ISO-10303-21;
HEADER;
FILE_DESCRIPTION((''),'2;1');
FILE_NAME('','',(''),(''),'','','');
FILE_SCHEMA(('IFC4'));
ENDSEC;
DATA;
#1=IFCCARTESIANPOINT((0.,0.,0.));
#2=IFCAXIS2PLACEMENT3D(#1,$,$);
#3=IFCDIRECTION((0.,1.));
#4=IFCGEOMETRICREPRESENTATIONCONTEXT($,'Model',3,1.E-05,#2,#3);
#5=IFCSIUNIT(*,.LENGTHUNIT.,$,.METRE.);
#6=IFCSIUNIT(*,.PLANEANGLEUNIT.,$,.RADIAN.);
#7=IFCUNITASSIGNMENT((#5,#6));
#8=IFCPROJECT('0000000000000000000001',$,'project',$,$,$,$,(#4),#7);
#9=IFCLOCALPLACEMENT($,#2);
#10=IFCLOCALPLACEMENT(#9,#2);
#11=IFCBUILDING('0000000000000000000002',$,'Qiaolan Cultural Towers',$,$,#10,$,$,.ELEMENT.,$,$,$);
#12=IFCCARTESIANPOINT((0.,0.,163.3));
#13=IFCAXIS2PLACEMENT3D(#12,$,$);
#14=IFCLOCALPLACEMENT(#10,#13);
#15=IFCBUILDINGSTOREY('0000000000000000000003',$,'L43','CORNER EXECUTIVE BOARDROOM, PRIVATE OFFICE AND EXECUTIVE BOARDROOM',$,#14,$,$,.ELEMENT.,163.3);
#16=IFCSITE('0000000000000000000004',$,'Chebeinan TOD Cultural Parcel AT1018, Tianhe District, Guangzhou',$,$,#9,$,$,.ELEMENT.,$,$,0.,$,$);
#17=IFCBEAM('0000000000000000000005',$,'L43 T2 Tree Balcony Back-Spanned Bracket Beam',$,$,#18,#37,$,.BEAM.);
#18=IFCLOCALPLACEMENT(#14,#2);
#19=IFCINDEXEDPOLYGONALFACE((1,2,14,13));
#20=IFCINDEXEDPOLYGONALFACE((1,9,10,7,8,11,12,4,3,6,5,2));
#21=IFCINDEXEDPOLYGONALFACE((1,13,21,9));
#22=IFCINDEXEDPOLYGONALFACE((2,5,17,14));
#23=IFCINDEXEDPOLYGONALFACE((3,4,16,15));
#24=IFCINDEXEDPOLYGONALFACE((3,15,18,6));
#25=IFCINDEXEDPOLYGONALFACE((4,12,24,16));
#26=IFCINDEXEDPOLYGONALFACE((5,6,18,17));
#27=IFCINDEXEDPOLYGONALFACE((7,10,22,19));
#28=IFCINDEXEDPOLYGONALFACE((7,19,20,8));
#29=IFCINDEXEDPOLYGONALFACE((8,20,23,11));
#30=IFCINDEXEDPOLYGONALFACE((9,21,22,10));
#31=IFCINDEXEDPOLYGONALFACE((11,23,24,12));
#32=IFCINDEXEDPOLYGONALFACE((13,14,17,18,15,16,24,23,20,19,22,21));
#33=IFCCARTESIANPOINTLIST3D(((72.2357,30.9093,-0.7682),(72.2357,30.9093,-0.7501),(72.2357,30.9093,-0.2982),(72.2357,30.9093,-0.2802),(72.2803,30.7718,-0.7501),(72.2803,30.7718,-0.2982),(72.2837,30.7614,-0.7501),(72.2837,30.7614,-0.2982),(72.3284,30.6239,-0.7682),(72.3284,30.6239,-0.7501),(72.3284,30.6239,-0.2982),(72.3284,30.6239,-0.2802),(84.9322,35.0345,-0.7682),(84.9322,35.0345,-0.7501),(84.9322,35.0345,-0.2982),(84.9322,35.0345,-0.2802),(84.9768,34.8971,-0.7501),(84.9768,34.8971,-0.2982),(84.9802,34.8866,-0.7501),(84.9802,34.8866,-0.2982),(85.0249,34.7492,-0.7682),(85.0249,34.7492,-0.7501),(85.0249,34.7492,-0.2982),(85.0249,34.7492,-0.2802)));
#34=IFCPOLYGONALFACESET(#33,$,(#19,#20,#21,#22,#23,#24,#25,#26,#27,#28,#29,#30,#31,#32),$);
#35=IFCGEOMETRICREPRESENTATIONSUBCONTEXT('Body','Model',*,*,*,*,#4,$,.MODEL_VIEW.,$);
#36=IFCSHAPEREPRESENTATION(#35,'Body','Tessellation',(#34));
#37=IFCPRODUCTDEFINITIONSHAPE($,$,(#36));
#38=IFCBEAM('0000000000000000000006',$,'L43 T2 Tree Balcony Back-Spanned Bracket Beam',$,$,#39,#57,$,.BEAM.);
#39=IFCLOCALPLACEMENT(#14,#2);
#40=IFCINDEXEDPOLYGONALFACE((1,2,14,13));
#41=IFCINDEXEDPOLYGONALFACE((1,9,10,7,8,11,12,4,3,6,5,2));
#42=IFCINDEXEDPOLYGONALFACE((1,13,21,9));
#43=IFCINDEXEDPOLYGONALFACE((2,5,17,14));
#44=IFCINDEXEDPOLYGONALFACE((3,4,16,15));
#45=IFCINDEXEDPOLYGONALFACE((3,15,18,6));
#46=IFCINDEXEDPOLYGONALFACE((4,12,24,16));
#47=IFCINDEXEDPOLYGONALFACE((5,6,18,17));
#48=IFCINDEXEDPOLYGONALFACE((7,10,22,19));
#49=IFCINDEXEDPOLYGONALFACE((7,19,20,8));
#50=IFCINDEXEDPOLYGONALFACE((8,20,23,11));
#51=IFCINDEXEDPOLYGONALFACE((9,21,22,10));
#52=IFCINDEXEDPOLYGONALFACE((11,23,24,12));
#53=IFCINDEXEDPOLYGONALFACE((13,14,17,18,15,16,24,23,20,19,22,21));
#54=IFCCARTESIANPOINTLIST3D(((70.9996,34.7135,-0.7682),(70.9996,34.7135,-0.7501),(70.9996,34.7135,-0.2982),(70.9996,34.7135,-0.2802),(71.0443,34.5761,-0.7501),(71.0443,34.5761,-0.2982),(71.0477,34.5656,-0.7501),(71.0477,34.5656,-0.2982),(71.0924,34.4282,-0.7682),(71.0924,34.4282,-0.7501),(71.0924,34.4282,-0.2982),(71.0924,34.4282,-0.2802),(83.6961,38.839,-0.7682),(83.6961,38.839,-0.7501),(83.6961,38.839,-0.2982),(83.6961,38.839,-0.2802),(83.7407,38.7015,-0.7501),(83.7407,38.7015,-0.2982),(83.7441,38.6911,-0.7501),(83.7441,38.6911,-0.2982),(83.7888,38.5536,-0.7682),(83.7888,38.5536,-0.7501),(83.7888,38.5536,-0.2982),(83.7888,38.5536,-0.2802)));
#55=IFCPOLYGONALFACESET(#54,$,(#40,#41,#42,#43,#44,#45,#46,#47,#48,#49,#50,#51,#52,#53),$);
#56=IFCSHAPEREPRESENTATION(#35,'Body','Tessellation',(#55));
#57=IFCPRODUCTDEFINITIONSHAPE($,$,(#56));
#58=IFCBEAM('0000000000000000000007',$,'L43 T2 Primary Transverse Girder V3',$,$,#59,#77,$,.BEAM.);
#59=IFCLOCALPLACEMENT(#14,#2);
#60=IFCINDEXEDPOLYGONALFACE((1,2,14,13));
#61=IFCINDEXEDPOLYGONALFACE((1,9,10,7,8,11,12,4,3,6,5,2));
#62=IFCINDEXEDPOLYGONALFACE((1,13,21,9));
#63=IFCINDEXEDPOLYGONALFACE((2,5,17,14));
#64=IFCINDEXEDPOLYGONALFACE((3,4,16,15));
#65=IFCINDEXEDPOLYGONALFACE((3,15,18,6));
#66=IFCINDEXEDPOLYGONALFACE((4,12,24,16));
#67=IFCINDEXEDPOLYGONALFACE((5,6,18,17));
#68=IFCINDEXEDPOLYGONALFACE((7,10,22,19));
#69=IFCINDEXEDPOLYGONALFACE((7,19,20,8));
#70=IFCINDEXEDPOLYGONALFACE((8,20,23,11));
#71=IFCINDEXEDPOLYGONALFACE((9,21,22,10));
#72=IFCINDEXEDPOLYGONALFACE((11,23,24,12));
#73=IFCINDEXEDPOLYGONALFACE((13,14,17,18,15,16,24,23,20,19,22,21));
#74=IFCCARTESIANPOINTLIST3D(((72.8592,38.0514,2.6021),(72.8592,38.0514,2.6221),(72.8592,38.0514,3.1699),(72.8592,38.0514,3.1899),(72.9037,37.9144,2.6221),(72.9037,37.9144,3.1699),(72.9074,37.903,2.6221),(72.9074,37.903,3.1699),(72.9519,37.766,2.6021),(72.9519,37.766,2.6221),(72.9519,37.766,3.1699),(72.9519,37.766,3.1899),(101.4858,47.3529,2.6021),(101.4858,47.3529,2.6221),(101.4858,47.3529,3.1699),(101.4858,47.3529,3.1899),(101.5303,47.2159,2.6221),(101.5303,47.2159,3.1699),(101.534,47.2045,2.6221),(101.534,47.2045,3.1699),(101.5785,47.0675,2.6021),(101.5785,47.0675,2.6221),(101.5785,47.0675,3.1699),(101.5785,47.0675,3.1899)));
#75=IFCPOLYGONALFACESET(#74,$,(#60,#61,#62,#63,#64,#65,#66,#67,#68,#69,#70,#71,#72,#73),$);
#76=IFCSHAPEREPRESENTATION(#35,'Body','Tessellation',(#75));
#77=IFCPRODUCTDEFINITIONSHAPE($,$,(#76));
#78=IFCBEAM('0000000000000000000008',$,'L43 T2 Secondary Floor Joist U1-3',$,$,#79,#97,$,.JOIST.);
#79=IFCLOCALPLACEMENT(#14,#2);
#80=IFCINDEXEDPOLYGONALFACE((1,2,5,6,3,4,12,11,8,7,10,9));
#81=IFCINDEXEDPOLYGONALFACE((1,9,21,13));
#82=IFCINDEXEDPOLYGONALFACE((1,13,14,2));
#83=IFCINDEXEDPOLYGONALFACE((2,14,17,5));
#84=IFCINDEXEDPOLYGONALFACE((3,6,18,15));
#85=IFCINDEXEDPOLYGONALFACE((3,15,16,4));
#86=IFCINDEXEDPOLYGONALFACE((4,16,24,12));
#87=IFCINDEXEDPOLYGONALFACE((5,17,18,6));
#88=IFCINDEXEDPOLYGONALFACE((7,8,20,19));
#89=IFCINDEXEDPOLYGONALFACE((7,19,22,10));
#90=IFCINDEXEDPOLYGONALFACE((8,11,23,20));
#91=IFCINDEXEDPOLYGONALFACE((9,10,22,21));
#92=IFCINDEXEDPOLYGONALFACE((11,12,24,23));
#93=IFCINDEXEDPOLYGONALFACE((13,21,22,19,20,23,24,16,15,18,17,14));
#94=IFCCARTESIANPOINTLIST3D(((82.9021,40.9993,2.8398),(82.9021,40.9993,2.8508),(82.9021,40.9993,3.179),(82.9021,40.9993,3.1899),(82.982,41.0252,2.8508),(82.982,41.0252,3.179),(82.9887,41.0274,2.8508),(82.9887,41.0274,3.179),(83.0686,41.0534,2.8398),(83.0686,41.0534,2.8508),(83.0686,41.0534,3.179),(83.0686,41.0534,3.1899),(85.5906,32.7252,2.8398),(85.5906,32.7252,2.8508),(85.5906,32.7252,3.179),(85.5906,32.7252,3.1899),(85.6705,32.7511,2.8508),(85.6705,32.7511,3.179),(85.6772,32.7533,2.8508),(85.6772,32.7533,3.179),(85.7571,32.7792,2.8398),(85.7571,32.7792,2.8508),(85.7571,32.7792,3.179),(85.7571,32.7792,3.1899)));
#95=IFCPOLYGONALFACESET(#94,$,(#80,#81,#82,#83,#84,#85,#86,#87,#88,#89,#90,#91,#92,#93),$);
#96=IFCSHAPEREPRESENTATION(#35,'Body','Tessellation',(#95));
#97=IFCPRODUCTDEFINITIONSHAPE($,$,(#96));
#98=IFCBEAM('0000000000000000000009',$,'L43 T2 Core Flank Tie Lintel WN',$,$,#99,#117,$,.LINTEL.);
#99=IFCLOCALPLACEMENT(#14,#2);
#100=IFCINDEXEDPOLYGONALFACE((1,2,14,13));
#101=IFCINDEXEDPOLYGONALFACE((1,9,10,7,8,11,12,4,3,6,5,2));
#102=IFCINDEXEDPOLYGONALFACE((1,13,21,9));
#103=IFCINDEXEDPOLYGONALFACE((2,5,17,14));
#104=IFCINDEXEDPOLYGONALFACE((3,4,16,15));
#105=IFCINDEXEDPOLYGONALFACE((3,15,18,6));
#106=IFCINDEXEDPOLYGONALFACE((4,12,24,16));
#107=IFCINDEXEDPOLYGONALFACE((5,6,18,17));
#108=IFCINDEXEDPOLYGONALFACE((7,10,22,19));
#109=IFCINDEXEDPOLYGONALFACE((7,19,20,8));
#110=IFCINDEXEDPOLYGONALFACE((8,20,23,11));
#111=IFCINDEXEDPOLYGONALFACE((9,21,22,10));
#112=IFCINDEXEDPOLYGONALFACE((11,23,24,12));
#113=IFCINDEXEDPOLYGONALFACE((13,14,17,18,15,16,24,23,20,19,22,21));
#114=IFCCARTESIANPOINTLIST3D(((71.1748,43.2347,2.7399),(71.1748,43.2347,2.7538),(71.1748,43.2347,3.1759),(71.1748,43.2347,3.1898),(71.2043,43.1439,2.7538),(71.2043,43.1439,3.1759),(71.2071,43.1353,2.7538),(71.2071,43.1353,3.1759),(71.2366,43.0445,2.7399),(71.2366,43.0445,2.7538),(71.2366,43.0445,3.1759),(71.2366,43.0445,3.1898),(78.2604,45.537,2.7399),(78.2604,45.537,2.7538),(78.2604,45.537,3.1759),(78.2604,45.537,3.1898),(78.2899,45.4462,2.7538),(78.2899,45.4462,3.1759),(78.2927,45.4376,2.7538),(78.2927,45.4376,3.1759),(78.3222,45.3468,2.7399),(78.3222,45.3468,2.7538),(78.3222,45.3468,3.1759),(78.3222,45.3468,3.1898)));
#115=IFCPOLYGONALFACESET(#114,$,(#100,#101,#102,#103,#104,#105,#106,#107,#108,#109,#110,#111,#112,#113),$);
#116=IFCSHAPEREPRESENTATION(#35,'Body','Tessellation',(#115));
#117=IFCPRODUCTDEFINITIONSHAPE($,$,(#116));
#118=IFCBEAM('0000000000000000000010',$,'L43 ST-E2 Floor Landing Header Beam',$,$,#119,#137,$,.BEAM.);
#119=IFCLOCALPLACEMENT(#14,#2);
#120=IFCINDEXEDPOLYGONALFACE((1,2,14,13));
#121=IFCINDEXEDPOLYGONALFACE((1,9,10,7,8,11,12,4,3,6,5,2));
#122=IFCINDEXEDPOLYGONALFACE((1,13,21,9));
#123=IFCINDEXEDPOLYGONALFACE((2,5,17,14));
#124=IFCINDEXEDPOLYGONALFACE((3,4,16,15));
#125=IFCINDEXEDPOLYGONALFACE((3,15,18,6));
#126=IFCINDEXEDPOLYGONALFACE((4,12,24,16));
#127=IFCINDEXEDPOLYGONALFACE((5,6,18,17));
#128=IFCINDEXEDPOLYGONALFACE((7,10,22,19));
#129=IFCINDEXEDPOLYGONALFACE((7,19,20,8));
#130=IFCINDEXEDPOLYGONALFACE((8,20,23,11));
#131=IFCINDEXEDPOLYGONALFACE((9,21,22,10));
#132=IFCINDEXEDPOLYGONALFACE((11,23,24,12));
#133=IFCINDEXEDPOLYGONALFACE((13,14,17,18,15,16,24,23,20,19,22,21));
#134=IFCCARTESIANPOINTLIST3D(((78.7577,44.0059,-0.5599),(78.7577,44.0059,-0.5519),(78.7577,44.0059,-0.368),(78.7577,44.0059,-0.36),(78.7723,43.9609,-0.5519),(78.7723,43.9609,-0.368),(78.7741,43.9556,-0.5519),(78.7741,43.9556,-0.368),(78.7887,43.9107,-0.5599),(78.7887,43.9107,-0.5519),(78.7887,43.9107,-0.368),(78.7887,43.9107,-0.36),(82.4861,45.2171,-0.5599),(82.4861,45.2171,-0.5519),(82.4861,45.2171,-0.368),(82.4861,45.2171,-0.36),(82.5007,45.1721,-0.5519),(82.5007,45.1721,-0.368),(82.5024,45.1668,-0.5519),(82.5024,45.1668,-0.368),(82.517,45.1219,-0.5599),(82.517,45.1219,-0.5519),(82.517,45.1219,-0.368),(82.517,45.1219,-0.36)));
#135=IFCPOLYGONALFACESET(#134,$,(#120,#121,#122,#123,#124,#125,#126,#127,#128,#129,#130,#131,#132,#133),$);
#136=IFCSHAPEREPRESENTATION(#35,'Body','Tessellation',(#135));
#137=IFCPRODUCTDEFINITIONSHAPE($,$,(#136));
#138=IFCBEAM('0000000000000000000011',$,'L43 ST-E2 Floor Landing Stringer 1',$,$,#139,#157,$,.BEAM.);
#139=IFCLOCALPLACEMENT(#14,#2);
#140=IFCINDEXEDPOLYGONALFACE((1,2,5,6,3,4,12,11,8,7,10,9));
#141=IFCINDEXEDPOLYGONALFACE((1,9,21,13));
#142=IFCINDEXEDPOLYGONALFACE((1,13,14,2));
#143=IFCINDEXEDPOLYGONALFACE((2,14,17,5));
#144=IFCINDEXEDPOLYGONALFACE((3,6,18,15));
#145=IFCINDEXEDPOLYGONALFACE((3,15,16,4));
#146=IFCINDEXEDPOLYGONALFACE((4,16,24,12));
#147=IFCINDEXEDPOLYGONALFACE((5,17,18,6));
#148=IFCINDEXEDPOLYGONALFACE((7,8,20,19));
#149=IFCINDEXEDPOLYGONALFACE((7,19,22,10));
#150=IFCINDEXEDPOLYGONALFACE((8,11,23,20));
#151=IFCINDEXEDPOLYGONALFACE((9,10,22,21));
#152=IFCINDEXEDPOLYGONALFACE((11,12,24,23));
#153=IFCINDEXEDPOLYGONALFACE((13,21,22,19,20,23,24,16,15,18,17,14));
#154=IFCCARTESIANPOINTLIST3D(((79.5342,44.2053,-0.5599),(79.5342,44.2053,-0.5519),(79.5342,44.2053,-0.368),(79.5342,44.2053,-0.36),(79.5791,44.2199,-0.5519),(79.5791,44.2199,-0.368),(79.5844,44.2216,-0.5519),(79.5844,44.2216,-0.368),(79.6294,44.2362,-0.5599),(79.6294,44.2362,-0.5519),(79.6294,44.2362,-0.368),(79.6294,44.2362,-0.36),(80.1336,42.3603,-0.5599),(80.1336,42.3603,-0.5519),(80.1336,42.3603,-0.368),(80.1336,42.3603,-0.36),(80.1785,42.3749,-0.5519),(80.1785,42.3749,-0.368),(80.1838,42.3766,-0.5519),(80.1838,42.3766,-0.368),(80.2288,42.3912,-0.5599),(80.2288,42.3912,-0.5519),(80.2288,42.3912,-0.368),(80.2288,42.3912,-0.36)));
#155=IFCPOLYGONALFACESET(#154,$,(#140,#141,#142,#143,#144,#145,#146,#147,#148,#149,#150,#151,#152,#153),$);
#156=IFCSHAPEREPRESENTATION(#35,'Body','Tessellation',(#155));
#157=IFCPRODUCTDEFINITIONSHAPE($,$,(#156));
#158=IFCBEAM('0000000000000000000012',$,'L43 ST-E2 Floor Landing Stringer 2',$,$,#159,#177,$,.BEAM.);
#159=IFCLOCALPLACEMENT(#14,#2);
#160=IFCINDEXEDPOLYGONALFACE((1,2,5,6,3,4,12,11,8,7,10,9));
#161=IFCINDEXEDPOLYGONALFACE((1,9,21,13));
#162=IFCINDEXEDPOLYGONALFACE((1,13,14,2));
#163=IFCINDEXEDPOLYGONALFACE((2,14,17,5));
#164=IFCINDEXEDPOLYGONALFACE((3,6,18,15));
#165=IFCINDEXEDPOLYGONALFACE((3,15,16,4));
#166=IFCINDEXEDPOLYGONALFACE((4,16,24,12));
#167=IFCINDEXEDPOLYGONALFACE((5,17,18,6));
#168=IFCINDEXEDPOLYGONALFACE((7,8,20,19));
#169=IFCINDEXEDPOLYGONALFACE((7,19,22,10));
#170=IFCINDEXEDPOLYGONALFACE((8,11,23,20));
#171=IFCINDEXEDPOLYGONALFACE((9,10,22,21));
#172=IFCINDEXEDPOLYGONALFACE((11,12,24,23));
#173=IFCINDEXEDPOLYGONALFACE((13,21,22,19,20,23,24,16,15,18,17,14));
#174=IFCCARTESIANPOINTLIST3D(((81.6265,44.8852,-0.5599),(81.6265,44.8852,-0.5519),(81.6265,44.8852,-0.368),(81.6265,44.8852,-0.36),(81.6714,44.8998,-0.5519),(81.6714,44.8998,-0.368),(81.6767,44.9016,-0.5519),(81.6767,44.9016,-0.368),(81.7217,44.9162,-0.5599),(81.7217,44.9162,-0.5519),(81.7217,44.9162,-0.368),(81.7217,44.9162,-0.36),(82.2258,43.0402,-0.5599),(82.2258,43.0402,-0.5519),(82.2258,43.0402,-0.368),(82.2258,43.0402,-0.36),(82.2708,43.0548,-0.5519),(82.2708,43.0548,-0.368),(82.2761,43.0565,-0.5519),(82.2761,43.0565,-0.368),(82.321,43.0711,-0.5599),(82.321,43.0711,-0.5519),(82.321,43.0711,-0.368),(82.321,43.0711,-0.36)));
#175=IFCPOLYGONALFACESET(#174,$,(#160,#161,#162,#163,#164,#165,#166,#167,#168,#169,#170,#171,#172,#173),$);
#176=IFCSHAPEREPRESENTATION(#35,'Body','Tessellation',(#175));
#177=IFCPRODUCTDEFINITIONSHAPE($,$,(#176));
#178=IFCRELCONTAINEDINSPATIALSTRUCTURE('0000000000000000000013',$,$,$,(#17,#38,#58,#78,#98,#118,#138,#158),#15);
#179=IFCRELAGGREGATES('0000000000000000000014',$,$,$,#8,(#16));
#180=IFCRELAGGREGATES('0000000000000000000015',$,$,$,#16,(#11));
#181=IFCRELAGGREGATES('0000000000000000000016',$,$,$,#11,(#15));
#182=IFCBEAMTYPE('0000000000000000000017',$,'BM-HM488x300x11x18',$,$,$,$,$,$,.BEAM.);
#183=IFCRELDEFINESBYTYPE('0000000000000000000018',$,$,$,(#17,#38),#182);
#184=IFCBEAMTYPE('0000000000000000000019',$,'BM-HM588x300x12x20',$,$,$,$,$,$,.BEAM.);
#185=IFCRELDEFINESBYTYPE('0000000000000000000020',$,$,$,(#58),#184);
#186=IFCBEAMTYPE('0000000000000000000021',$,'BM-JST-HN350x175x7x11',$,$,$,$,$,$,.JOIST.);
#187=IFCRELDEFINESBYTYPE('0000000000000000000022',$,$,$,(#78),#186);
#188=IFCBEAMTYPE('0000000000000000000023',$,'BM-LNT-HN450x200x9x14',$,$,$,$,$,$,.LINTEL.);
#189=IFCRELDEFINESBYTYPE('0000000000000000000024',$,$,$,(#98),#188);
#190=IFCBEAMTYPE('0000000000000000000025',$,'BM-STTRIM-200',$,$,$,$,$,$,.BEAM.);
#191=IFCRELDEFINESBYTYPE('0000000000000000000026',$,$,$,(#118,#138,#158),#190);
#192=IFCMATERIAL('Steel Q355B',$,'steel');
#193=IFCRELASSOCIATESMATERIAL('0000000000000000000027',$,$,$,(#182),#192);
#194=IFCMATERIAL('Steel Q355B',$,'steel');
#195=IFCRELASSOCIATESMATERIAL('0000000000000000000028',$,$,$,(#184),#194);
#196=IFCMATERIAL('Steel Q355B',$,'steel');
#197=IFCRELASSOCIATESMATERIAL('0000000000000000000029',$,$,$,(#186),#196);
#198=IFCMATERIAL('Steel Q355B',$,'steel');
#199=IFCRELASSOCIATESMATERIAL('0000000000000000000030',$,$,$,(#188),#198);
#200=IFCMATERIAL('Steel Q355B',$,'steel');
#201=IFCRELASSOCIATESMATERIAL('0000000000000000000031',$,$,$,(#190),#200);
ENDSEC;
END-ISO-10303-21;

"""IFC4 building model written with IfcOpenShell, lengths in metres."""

from ifc_helpers import new_model, si_unit, direction, frame, origin, origin_2d, place, context, subcontext, project, spatial, i_section, extrude, material, material_profile, profile_set, type_object, element, save


model = new_model("IFC4")

# Units and contexts
model_context = context("Model", 3, precision=1e-05, world=origin(), true_north=direction((0.0, 1.0)))
body_context = subcontext(model_context, "Body", "Model", "MODEL_VIEW")
ifc_project = project(units=[si_unit("LENGTHUNIT", "METRE"), si_unit("PLANEANGLEUNIT", "RADIAN")], contexts=[model_context])

# Site, building, storey
site_placement = place(None, origin())
site = spatial("IfcSite", under=ifc_project, at=site_placement, Name="Chebeinan TOD Cultural Parcel AT1018, Tianhe District, Guangzhou", CompositionType="ELEMENT", RefElevation=0.0)
building_placement = place(site_placement, origin())
building = spatial("IfcBuilding", under=site, at=building_placement, Name="Qiaolan Cultural Towers", CompositionType="ELEMENT")
storey_placement = place(building_placement, frame((0.0, 0.0, 163.3)))
storey = spatial("IfcBuildingStorey", under=building, at=storey_placement, Name="L43", Description="CORNER EXECUTIVE BOARDROOM, PRIVATE OFFICE AND EXECUTIVE BOARDROOM", CompositionType="ELEMENT", Elevation=163.3)

# Beams
ifc_material_1 = material(Name="Steel Q355B", Category="steel")
ifc_material_profile_1 = material_profile(ifc_material_1, i_section(OverallWidth=0.3, OverallDepth=0.488, WebThickness=0.011, FlangeThickness=0.0181, at=origin_2d()), Name="HM488x300x11x18")
ifc_profile_set_1 = profile_set([ifc_material_profile_1], Name="Steel Q355B")
beam_type_1 = type_object("IfcBeamType", Name="BM-HM488x300x11x18", PredefinedType="BEAM", material=ifc_profile_set_1)
for number, where, z_axis, x_axis, name in (
    (1, (84.9785, 34.8918, -0.5242), (-0.951059, -0.30901, 0.0), (0.30901, -0.951059, 0.0), "L43 T2 Tree Balcony Back-Spanned Bracket Beam"),
    (2, (83.7424, 38.6963, -0.5242), (-0.951054, -0.309026, 0.0), (0.309026, -0.951054, 0.0), "L43 T2 Tree Balcony Back-Spanned Bracket Beam"),
):
    element("IfcBeam", number, at=place(storey_placement, frame(where, z_axis=z_axis, x_axis=x_axis)), inside=storey, type_object=beam_type_1, Name=name, PredefinedType="BEAM", context=body_context, shape_type="SweptSolid", body=[
        extrude(i_section(OverallWidth=0.3, OverallDepth=0.488, WebThickness=0.011, FlangeThickness=0.0181, at=origin_2d()), origin(), (0.0, 0.0, 1.0), 13.3499),
    ])
ifc_material_2 = material(Name="Steel Q355B", Category="steel")
ifc_material_profile_2 = material_profile(ifc_material_2, i_section(OverallWidth=0.3, OverallDepth=0.5879, WebThickness=0.012, FlangeThickness=0.02, at=origin_2d()), Name="HM588x300x12x20")
ifc_profile_set_2 = profile_set([ifc_material_profile_2], Name="Steel Q355B")
beam_type_2 = type_object("IfcBeamType", Name="BM-HM588x300x12x20", PredefinedType="BEAM", material=ifc_profile_set_2)
beam_1_placement = place(storey_placement, frame((72.9055, 37.9087, 2.896), z_axis=(0.951055, 0.309021, 0.0), x_axis=(-0.309021, 0.951055, 0.0)))
element("IfcBeam", 3, at=beam_1_placement, inside=storey, type_object=beam_type_2, Name="L43 T2 Primary Transverse Girder V3", PredefinedType="BEAM", context=body_context, shape_type="SweptSolid", body=[
    extrude(i_section(OverallWidth=0.3, OverallDepth=0.5879, WebThickness=0.012, FlangeThickness=0.02, at=origin_2d()), origin(), (0.0, 0.0, 1.0), 30.0999),
])
ifc_material_3 = material(Name="Steel Q355B", Category="steel")
ifc_material_profile_3 = material_profile(ifc_material_3, i_section(OverallWidth=0.175, OverallDepth=0.3501, WebThickness=0.0071, FlangeThickness=0.011, at=origin_2d()), Name="HN350x175x7x11")
ifc_profile_set_3 = profile_set([ifc_material_profile_3], Name="Steel Q355B")
beam_type_3 = type_object("IfcBeamType", Name="BM-JST-HN350x175x7x11", PredefinedType="JOIST", material=ifc_profile_set_3)
beam_2_placement = place(storey_placement, frame((85.6738, 32.7522, 3.0149), z_axis=(-0.309021, 0.951055, 0.0), x_axis=(-0.951055, -0.309021, 0.0)))
element("IfcBeam", 4, at=beam_2_placement, inside=storey, type_object=beam_type_3, Name="L43 T2 Secondary Floor Joist U1-3", PredefinedType="JOIST", context=body_context, shape_type="SweptSolid", body=[
    extrude(i_section(OverallWidth=0.175, OverallDepth=0.3501, WebThickness=0.0071, FlangeThickness=0.011, at=origin_2d()), origin(), (0.0, 0.0, 1.0), 8.7),
])
ifc_material_4 = material(Name="Steel Q355B", Category="steel")
ifc_material_profile_4 = material_profile(ifc_material_4, i_section(OverallWidth=0.2, OverallDepth=0.45, WebThickness=0.009, FlangeThickness=0.0139, at=origin_2d()), Name="HN450x200x9x14")
ifc_profile_set_4 = profile_set([ifc_material_profile_4], Name="Steel Q355B")
beam_type_4 = type_object("IfcBeamType", Name="BM-LNT-HN450x200x9x14", PredefinedType="LINTEL", material=ifc_profile_set_4)
beam_3_placement = place(storey_placement, frame((78.2913, 45.4419, 2.9648), z_axis=(-0.951055, -0.309022, 0.0), x_axis=(0.309022, -0.951055, 0.0)))
element("IfcBeam", 5, at=beam_3_placement, inside=storey, type_object=beam_type_4, Name="L43 T2 Core Flank Tie Lintel WN", PredefinedType="LINTEL", context=body_context, shape_type="SweptSolid", body=[
    extrude(i_section(OverallWidth=0.2, OverallDepth=0.45, WebThickness=0.009, FlangeThickness=0.0139, at=origin_2d()), origin(), (0.0, 0.0, 1.0), 7.4502),
])
ifc_material_5 = material(Name="Steel Q355B", Category="steel")
ifc_material_profile_5 = material_profile(ifc_material_5, i_section(OverallWidth=0.1001, OverallDepth=0.2, WebThickness=0.0056, FlangeThickness=0.0081, at=origin_2d()), Name="HN200x100x5.5x8")
ifc_profile_set_5 = profile_set([ifc_material_profile_5], Name="Steel Q355B")
beam_type_5 = type_object("IfcBeamType", Name="BM-STTRIM-200", PredefinedType="BEAM", material=ifc_profile_set_5)
beam_4_placement = place(storey_placement, frame((78.7732, 43.9583, -0.46), z_axis=(0.951072, 0.308969, 0.0), x_axis=(-0.308969, 0.951072, 0.0)))
element("IfcBeam", 6, at=beam_4_placement, inside=storey, type_object=beam_type_5, Name="L43 ST-E2 Floor Landing Header Beam", PredefinedType="BEAM", context=body_context, shape_type="SweptSolid", body=[
    extrude(i_section(OverallWidth=0.1001, OverallDepth=0.2, WebThickness=0.0056, FlangeThickness=0.0081, at=origin_2d()), origin(), (0.0, 0.0, 1.0), 3.9202),
])
for number, where, z_axis, x_axis, name in (
    (7, (80.1812, 42.3757, -0.46), (-0.308969, 0.951072, 0.0), (-0.951072, -0.308969, 0.0), "L43 ST-E2 Floor Landing Stringer 1"),
    (8, (82.2734, 43.0557, -0.46), (-0.308969, 0.951072, 0.0), (-0.951072, -0.308969, 0.0), "L43 ST-E2 Floor Landing Stringer 2"),
):
    element("IfcBeam", number, at=place(storey_placement, frame(where, z_axis=z_axis, x_axis=x_axis)), inside=storey, type_object=beam_type_5, Name=name, PredefinedType="BEAM", context=body_context, shape_type="SweptSolid", body=[
        extrude(i_section(OverallWidth=0.1001, OverallDepth=0.2, WebThickness=0.0056, FlangeThickness=0.0081, at=origin_2d()), origin(), (0.0, 0.0, 1.0), 1.9399),
    ])

save(model, "model.ifc")
